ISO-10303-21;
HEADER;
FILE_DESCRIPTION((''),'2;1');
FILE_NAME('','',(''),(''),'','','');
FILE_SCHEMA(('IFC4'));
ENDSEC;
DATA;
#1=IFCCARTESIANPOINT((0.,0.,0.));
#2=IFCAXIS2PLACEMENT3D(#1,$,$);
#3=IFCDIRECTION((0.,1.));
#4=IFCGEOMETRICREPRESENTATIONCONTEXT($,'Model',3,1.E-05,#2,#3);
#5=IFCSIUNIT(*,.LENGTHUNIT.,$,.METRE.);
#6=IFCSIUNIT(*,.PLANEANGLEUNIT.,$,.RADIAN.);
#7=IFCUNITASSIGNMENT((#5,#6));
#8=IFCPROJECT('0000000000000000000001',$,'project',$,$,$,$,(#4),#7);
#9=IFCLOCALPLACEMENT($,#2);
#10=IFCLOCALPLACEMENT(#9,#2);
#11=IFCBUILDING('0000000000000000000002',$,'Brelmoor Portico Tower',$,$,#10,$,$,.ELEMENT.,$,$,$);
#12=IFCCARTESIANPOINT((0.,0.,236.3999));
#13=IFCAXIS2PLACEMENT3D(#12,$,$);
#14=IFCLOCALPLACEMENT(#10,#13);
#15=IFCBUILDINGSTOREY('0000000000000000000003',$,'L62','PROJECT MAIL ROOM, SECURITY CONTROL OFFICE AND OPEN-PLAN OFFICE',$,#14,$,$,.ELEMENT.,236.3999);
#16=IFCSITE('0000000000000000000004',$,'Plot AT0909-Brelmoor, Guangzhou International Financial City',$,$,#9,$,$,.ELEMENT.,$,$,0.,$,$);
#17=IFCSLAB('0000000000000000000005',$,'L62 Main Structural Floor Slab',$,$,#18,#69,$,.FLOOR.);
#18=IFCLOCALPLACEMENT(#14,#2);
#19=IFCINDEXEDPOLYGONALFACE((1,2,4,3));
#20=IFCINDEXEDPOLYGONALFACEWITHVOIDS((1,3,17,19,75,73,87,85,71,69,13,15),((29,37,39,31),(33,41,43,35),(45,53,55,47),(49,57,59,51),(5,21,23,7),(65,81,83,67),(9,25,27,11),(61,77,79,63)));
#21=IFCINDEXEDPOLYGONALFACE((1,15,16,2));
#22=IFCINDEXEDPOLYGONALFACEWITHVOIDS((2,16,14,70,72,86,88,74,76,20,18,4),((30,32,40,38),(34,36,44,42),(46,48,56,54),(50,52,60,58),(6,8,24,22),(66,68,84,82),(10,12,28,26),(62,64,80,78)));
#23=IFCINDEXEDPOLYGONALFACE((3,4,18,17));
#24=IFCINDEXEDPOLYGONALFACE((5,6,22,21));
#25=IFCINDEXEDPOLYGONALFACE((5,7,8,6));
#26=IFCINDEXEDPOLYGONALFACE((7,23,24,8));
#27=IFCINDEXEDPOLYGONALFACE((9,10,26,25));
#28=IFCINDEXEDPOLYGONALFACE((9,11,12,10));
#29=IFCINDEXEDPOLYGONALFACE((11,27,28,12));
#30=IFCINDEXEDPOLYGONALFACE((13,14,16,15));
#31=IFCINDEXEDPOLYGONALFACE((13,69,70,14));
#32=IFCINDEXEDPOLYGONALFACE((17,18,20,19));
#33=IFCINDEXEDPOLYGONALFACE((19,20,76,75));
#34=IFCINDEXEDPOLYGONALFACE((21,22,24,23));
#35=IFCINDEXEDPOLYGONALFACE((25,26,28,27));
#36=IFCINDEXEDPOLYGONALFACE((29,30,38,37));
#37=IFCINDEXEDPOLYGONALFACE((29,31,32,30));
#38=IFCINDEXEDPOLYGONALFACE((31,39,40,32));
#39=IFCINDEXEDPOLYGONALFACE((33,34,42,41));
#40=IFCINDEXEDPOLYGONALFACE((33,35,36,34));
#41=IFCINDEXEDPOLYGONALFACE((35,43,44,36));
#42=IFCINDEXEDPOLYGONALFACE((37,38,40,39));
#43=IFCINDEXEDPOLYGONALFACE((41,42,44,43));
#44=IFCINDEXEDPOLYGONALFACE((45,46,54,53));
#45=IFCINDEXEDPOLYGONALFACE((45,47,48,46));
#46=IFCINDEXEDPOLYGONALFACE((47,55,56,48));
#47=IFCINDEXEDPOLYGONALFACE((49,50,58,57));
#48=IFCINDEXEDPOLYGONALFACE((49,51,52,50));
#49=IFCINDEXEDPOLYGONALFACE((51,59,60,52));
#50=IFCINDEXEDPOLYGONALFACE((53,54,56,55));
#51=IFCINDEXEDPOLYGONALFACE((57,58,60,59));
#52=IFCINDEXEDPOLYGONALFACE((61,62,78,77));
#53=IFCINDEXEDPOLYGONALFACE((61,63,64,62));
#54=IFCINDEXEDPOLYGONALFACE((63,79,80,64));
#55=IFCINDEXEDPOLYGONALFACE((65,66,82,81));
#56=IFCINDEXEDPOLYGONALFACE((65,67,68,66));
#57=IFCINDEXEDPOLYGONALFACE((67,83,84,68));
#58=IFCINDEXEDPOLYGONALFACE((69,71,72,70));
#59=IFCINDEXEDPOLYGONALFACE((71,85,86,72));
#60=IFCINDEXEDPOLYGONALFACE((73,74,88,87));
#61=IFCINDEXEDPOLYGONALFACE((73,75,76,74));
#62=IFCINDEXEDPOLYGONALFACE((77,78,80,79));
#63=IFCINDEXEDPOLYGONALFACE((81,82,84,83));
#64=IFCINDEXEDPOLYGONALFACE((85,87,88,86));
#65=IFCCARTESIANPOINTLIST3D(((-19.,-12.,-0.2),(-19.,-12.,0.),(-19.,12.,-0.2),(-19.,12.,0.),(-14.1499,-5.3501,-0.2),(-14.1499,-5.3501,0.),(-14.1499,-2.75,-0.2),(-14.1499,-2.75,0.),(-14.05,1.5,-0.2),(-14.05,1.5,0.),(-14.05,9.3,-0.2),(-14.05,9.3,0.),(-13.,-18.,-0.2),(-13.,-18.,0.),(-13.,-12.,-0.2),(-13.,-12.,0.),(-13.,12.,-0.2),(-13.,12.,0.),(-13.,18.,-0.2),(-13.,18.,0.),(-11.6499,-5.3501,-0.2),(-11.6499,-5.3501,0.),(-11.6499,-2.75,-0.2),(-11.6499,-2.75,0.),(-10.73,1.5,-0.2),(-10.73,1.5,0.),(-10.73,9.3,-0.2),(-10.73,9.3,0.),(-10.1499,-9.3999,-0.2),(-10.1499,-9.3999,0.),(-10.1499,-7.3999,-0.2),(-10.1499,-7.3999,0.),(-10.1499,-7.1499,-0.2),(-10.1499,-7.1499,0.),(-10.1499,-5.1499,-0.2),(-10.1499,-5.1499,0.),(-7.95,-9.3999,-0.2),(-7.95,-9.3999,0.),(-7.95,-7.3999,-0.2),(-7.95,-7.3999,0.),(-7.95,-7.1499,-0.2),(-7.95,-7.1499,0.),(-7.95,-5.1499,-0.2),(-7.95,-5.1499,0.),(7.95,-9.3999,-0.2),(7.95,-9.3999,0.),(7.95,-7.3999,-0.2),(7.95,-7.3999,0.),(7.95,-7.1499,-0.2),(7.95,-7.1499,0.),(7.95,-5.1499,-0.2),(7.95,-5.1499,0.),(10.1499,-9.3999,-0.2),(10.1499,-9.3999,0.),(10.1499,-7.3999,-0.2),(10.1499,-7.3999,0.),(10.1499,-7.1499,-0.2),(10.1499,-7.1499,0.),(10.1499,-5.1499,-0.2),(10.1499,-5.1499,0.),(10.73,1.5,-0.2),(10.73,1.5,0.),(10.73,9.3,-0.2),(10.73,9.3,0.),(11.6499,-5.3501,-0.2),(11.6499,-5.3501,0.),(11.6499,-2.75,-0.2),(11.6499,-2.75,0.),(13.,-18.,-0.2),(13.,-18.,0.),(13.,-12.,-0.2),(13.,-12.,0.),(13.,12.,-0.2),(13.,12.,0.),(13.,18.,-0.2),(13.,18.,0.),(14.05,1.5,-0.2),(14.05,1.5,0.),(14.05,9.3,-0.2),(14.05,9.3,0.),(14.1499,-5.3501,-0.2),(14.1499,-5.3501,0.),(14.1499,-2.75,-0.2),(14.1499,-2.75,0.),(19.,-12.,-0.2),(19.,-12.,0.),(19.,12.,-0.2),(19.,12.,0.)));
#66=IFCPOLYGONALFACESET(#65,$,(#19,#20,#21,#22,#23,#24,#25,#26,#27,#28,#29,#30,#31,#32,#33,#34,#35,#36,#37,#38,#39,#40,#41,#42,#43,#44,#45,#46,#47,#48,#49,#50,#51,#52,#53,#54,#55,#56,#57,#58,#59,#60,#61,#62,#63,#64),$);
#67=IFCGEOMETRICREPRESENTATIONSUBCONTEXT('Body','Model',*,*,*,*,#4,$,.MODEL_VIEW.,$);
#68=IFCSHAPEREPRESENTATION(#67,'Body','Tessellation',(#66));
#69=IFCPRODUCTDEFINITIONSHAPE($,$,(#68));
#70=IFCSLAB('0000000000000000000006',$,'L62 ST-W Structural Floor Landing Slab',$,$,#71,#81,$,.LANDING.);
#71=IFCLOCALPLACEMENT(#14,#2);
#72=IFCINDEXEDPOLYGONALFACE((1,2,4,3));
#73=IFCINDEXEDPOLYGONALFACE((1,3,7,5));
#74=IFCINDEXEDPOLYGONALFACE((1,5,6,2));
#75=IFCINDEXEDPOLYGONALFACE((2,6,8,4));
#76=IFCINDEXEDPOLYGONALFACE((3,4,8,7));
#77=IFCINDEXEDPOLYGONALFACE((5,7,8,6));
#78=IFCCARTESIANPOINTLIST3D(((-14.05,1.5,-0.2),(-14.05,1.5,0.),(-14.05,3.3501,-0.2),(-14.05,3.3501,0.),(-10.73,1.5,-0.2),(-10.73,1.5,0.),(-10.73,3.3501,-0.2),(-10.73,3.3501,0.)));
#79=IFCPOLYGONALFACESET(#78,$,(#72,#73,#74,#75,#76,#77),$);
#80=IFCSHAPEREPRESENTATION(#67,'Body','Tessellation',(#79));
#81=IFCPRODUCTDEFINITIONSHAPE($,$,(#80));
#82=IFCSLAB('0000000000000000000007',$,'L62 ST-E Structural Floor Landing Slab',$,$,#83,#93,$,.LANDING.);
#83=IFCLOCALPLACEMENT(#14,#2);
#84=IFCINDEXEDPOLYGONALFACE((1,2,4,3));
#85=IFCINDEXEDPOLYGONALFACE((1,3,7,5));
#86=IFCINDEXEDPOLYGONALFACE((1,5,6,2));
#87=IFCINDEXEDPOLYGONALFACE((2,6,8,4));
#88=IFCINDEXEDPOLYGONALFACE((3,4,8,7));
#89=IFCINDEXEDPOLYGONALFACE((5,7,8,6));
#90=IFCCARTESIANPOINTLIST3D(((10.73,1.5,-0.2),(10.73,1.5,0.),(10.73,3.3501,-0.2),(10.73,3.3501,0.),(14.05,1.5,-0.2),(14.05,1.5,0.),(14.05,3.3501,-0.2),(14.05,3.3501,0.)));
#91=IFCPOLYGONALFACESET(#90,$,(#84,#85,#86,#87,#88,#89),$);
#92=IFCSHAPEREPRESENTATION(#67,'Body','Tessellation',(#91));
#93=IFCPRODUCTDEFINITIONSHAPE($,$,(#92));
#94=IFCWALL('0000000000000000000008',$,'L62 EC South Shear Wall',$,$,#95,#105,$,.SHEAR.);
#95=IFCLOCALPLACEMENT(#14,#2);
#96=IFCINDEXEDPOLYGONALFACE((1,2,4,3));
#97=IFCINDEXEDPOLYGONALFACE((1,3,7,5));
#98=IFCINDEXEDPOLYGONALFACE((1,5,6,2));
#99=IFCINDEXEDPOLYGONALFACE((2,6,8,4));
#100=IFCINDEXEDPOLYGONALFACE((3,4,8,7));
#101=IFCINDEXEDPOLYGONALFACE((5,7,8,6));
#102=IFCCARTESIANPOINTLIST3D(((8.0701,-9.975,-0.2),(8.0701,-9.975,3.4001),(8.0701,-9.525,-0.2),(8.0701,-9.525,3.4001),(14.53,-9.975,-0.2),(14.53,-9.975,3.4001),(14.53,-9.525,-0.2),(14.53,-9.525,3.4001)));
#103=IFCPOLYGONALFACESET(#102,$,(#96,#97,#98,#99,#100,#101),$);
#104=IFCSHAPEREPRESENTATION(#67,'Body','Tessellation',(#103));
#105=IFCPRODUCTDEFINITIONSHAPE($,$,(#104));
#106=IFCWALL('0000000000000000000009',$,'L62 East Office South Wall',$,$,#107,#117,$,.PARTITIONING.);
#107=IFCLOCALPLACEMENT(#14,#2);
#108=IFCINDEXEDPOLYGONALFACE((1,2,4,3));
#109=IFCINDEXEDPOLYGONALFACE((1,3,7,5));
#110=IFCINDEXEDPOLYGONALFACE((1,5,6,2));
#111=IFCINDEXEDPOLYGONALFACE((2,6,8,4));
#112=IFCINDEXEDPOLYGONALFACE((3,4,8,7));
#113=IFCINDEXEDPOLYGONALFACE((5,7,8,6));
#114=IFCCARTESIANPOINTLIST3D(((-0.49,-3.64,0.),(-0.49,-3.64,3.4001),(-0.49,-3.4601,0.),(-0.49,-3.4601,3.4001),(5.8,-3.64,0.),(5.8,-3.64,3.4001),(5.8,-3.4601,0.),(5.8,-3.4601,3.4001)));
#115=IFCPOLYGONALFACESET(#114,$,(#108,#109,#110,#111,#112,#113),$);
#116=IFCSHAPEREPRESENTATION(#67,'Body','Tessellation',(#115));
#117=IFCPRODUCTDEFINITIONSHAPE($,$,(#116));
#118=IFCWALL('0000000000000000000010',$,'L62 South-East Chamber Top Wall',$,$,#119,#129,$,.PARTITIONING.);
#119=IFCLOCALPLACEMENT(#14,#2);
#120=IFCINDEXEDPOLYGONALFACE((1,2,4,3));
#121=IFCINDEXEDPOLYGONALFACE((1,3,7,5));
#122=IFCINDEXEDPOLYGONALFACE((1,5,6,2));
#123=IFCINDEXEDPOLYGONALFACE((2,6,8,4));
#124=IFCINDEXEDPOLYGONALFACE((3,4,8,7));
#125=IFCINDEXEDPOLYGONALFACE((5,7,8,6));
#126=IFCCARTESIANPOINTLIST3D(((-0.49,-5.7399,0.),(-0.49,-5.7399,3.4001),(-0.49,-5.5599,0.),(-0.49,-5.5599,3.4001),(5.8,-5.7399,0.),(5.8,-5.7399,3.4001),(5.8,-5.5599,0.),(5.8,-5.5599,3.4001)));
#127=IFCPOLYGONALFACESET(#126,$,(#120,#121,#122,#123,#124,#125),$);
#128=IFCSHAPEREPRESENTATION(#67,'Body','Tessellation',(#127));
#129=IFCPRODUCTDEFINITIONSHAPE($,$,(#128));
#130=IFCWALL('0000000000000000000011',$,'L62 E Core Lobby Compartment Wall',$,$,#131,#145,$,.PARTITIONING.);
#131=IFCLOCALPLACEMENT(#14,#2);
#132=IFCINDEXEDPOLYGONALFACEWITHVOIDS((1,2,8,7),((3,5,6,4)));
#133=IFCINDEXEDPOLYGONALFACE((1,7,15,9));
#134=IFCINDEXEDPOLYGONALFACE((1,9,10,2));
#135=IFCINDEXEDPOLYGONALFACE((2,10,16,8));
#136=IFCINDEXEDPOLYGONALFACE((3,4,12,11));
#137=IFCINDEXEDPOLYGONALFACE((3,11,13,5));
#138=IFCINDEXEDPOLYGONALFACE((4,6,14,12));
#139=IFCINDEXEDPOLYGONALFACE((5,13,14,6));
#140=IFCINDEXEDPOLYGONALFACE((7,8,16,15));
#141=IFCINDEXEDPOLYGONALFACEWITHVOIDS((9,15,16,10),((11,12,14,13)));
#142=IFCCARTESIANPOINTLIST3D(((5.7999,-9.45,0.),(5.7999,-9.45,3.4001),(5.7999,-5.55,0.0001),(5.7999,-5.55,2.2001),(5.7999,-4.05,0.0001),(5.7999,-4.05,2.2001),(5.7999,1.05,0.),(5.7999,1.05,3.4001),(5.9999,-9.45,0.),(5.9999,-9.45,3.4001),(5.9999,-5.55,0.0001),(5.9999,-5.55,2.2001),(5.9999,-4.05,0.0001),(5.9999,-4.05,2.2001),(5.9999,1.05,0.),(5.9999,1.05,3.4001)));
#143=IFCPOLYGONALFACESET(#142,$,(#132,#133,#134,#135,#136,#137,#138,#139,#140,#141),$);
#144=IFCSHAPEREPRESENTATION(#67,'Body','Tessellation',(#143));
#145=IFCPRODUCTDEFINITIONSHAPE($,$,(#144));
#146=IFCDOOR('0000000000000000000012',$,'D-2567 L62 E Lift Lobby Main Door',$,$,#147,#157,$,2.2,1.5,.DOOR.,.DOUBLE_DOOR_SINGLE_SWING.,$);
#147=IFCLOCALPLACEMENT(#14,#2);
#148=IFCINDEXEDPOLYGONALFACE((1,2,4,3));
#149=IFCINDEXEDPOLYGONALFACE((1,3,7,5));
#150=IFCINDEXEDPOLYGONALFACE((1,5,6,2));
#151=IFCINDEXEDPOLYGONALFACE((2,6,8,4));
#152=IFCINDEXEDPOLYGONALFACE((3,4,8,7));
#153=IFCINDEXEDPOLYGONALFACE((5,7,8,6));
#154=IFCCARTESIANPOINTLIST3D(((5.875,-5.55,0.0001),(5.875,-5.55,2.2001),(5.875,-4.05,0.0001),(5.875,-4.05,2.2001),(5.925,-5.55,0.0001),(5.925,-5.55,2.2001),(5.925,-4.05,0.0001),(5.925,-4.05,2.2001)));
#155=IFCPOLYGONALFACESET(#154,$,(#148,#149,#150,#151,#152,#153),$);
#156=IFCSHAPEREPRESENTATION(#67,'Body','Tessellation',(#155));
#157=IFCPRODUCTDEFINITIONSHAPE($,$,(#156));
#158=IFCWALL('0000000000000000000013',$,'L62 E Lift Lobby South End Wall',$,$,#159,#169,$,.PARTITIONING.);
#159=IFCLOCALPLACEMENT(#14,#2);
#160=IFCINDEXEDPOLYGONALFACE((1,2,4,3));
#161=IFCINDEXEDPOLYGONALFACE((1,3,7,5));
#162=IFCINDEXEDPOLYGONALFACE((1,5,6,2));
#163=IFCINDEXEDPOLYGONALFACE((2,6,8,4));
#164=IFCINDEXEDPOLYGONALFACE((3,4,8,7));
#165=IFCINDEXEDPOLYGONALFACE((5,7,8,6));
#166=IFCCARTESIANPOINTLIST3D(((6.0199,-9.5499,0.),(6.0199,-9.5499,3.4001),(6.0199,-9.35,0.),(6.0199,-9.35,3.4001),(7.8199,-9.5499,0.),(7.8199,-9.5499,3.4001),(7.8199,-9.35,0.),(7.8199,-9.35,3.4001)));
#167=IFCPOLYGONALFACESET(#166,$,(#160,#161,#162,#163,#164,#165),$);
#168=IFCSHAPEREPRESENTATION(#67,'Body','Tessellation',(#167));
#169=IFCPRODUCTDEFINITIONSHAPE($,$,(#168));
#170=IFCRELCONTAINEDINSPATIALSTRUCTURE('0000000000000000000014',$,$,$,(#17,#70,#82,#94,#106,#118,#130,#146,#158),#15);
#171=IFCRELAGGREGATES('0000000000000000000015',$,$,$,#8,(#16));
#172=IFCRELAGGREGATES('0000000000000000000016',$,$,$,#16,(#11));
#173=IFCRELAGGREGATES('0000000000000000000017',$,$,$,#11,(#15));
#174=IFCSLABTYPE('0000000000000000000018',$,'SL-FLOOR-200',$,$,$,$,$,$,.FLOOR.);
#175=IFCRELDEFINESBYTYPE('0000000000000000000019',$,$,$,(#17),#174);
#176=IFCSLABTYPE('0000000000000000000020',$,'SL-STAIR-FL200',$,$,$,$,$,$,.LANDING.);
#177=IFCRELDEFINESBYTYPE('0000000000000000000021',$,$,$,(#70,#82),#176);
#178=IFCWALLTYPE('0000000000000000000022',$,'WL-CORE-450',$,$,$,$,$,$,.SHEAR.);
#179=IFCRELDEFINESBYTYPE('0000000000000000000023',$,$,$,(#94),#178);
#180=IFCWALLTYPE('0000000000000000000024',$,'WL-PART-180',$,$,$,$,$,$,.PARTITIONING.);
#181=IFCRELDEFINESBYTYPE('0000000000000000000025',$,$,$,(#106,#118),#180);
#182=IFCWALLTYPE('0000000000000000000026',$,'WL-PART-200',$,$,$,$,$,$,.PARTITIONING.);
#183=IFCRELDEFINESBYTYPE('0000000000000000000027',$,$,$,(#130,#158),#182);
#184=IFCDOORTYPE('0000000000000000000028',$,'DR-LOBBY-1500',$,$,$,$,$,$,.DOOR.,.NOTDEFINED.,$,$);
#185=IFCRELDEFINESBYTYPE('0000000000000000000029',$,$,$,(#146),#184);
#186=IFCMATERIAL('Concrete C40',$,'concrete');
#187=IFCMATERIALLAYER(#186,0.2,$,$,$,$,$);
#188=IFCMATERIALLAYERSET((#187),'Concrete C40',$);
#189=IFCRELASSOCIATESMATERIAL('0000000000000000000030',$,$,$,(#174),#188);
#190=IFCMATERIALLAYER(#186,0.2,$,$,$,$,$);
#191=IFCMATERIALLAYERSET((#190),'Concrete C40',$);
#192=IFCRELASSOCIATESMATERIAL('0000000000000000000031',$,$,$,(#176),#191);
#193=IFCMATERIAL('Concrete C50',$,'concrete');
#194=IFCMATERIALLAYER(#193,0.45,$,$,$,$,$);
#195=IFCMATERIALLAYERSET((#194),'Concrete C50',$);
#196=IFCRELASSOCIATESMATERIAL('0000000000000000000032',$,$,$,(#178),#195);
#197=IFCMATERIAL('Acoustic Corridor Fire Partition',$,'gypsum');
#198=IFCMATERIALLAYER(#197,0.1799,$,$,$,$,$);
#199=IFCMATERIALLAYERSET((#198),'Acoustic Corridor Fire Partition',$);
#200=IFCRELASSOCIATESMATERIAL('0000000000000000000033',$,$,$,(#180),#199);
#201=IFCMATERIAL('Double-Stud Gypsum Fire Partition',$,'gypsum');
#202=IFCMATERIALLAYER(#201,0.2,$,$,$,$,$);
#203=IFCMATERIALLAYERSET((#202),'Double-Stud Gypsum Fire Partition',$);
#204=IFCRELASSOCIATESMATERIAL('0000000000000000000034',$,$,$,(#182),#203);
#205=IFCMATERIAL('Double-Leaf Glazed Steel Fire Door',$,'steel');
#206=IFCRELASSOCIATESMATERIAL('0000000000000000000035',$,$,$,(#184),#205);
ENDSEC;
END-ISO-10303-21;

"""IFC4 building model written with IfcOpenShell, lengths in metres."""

from ifc_helpers import new_model, si_unit, direction, frame, frame_2d, origin, place, context, subcontext, project, spatial, polyline, rectangle, outline, extrude, material, layer, layer_set, type_object, element, fill, save


model = new_model("IFC4")

# Units and contexts
model_context = context("Model", 3, precision=1e-05, world=origin(), true_north=direction((0.0, 1.0)))
body_context = subcontext(model_context, "Body", "Model", "MODEL_VIEW")
ifc_project = project(units=[si_unit("LENGTHUNIT", "METRE"), si_unit("PLANEANGLEUNIT", "RADIAN")], contexts=[model_context])

# Site, building, storey
site_placement = place(None, origin())
site = spatial("IfcSite", under=ifc_project, at=site_placement, Name="Plot AT0909-Brelmoor, Guangzhou International Financial City", CompositionType="ELEMENT", RefElevation=0.0)
building_placement = place(site_placement, origin())
building = spatial("IfcBuilding", under=site, at=building_placement, Name="Brelmoor Portico Tower", CompositionType="ELEMENT")
storey_placement = place(building_placement, frame((0.0, 0.0, 236.3999)))
storey = spatial("IfcBuildingStorey", under=building, at=storey_placement, Name="L62", Description="PROJECT MAIL ROOM, SECURITY CONTROL OFFICE AND OPEN-PLAN OFFICE", CompositionType="ELEMENT", Elevation=236.3999)

# Slabs
ifc_material_1 = material(Name="Concrete C40", Category="concrete")
ifc_layer_1 = layer(ifc_material_1, 0.2)
ifc_layer_set_1 = layer_set([ifc_layer_1], Name="Concrete C40")
slab_type_1 = type_object("IfcSlabType", Name="SL-FLOOR-200", PredefinedType="FLOOR", material=ifc_layer_set_1)
slab_1_placement = place(storey_placement, frame((0.0, 0.0, -0.2)))
element("IfcSlab", 1, at=slab_1_placement, inside=storey, type_object=slab_type_1, Name="L62 Main Structural Floor Slab", PredefinedType="FLOOR", context=body_context, shape_type="SweptSolid", body=[
    extrude(outline(polyline([(-13.0, -18.0), (13.0, -18.0), (13.0, -12.0), (19.0, -12.0), (19.0, 12.0), (13.0, 12.0), (13.0, 18.0), (-13.0, 18.0), (-13.0, 12.0), (-19.0, 12.0), (-19.0, -12.0), (-13.0, -12.0), (-13.0, -18.0)]), holes=[polyline([(-10.73, 1.5), (-10.73, 9.3), (-14.05, 9.3), (-14.05, 1.5), (-10.73, 1.5)]), polyline([(14.05, 1.5), (14.05, 9.3), (10.73, 9.3), (10.73, 1.5), (14.05, 1.5)]), polyline([(-10.1499, -9.3999), (-7.95, -9.3999), (-7.95, -7.3999), (-10.1499, -7.3999), (-10.1499, -9.3999)]), polyline([(-10.1499, -7.1499), (-7.95, -7.1499), (-7.95, -5.1499), (-10.1499, -5.1499), (-10.1499, -7.1499)]), polyline([(7.95, -9.3999), (10.1499, -9.3999), (10.1499, -7.3999), (7.95, -7.3999), (7.95, -9.3999)]), polyline([(7.95, -7.1499), (10.1499, -7.1499), (10.1499, -5.1499), (7.95, -5.1499), (7.95, -7.1499)]), polyline([(-14.1499, -5.3501), (-11.6499, -5.3501), (-11.6499, -2.75), (-14.1499, -2.75), (-14.1499, -5.3501)]), polyline([(11.6499, -5.3501), (14.1499, -5.3501), (14.1499, -2.75), (11.6499, -2.75), (11.6499, -5.3501)])]), origin(), (0.0, 0.0, 1.0), 0.2),
])
ifc_layer_2 = layer(ifc_material_1, 0.2)
ifc_layer_set_2 = layer_set([ifc_layer_2], Name="Concrete C40")
slab_type_2 = type_object("IfcSlabType", Name="SL-STAIR-FL200", PredefinedType="LANDING", material=ifc_layer_set_2)
slab_2_placement = place(storey_placement, frame((0.0, 0.0, -0.2)))
element("IfcSlab", 2, at=slab_2_placement, inside=storey, type_object=slab_type_2, Name="L62 ST-W Structural Floor Landing Slab", PredefinedType="LANDING", context=body_context, shape_type="SweptSolid", body=[
    extrude(outline(polyline([(-10.73, 1.5), (-10.73, 3.3501), (-14.05, 3.3501), (-14.05, 1.5), (-10.73, 1.5)])), origin(), (0.0, 0.0, 1.0), 0.2),
])
slab_3_placement = place(storey_placement, frame((0.0, 0.0, -0.2)))
element("IfcSlab", 3, at=slab_3_placement, inside=storey, type_object=slab_type_2, Name="L62 ST-E Structural Floor Landing Slab", PredefinedType="LANDING", context=body_context, shape_type="SweptSolid", body=[
    extrude(outline(polyline([(14.05, 1.5), (14.05, 3.3501), (10.73, 3.3501), (10.73, 1.5), (14.05, 1.5)])), origin(), (0.0, 0.0, 1.0), 0.2),
])

# Wall
ifc_material_2 = material(Name="Concrete C50", Category="concrete")
ifc_layer_3 = layer(ifc_material_2, 0.45)
ifc_layer_set_3 = layer_set([ifc_layer_3], Name="Concrete C50")
wall_type_1 = type_object("IfcWallType", Name="WL-CORE-450", PredefinedType="SHEAR", material=ifc_layer_set_3)
wall_1_placement = place(storey_placement, frame((8.0701, -9.75, -0.2), z_axis=(0.0, 0.0, 1.0), x_axis=(1.0, 0.0, 0.0)))
element("IfcWall", 4, at=wall_1_placement, inside=storey, type_object=wall_type_1, Name="L62 EC South Shear Wall", PredefinedType="SHEAR", context=body_context, shape_type="SweptSolid", body=[
    extrude(rectangle(XDim=6.46, YDim=0.45, at=frame_2d((3.23, 0.0))), origin(), (0.0, 0.0, 1.0), 3.6001),
])

# Walls
ifc_material_3 = material(Name="Acoustic Corridor Fire Partition", Category="gypsum")
ifc_layer_4 = layer(ifc_material_3, 0.1799)
ifc_layer_set_4 = layer_set([ifc_layer_4], Name="Acoustic Corridor Fire Partition")
wall_type_2 = type_object("IfcWallType", Name="WL-PART-180", PredefinedType="PARTITIONING", material=ifc_layer_set_4)
for number, where, z_axis, x_axis, name in (
    (5, (-0.49, -3.55, 0.0), (0.0, 0.0, 1.0), (1.0, 0.0, 0.0), "L62 East Office South Wall"),
    (6, (-0.49, -5.6499, 0.0), (0.0, 0.0, 1.0), (1.0, 0.0, 0.0), "L62 South-East Chamber Top Wall"),
):
    element("IfcWall", number, at=place(storey_placement, frame(where, z_axis=z_axis, x_axis=x_axis)), inside=storey, type_object=wall_type_2, Name=name, PredefinedType="PARTITIONING", context=body_context, shape_type="SweptSolid", body=[
        extrude(rectangle(XDim=6.29, YDim=0.1799, at=frame_2d((3.145, 0.0))), origin(), (0.0, 0.0, 1.0), 3.4001),
    ])

# Wall, opening, door
ifc_material_4 = material(Name="Double-Stud Gypsum Fire Partition", Category="gypsum")
ifc_layer_5 = layer(ifc_material_4, 0.2)
ifc_layer_set_5 = layer_set([ifc_layer_5], Name="Double-Stud Gypsum Fire Partition")
wall_type_3 = type_object("IfcWallType", Name="WL-PART-200", PredefinedType="PARTITIONING", material=ifc_layer_set_5)
wall_2_placement = place(storey_placement, frame((5.8999, -9.45, 0.0), z_axis=(0.0, 0.0, 1.0), x_axis=(0.0, 1.0, 0.0)))
wall_2 = element("IfcWall", 7, at=wall_2_placement, inside=storey, type_object=wall_type_3, Name="L62 E Core Lobby Compartment Wall", PredefinedType="PARTITIONING", context=body_context, shape_type="SweptSolid", body=[
    extrude(rectangle(XDim=10.5, YDim=0.2, at=frame_2d((5.25, 0.0))), origin(), (0.0, 0.0, 1.0), 3.4001),
])
opening_1_placement = place(wall_2_placement, frame((3.8999, 0.0, 0.0)))
opening_1 = element("IfcOpeningElement", 8, at=opening_1_placement, cuts=wall_2, PredefinedType="OPENING", context=body_context, shape_type="SweptSolid", body=[
    extrude(rectangle(XDim=1.5, YDim=2.2, at=frame_2d((0.75, 1.1001))), frame((0.0, 0.1099, 0.0), z_axis=(0.0, -1.0, 0.0), x_axis=(1.0, 0.0, 0.0)), (0.0, 0.0, 1.0), 0.22),
])
ifc_material_5 = material(Name="Double-Leaf Glazed Steel Fire Door", Category="steel")
door_type_1 = type_object("IfcDoorType", Name="DR-LOBBY-1500", OperationType="NOTDEFINED", PredefinedType="DOOR", material=ifc_material_5)
door_1_placement = place(opening_1_placement, origin())
door_1 = element("IfcDoor", 9, at=door_1_placement, inside=storey, type_object=door_type_1, Name="D-2567 L62 E Lift Lobby Main Door", OperationType="DOUBLE_DOOR_SINGLE_SWING", OverallHeight=2.2, OverallWidth=1.5, PredefinedType="DOOR", context=body_context, shape_type="SweptSolid", body=[
    extrude(rectangle(XDim=1.5, YDim=2.2, at=frame_2d((0.75, 1.1001))), frame((0.0, 0.0249, 0.0), z_axis=(0.0, -1.0, 0.0), x_axis=(1.0, 0.0, 0.0)), (0.0, 0.0, 1.0), 0.05),
])
fill(opening_1, door_1)

# Wall
wall_3_placement = place(storey_placement, frame((6.02, -9.45, 0.0), z_axis=(0.0, 0.0, 1.0), x_axis=(1.0, 0.0, 0.0)))
element("IfcWall", 10, at=wall_3_placement, inside=storey, type_object=wall_type_3, Name="L62 E Lift Lobby South End Wall", PredefinedType="PARTITIONING", context=body_context, shape_type="SweptSolid", body=[
    extrude(rectangle(XDim=1.8, YDim=0.2, at=frame_2d((0.8999, 0.0))), origin(), (0.0, 0.0, 1.0), 3.4001),
])

save(model, "model.ifc")
